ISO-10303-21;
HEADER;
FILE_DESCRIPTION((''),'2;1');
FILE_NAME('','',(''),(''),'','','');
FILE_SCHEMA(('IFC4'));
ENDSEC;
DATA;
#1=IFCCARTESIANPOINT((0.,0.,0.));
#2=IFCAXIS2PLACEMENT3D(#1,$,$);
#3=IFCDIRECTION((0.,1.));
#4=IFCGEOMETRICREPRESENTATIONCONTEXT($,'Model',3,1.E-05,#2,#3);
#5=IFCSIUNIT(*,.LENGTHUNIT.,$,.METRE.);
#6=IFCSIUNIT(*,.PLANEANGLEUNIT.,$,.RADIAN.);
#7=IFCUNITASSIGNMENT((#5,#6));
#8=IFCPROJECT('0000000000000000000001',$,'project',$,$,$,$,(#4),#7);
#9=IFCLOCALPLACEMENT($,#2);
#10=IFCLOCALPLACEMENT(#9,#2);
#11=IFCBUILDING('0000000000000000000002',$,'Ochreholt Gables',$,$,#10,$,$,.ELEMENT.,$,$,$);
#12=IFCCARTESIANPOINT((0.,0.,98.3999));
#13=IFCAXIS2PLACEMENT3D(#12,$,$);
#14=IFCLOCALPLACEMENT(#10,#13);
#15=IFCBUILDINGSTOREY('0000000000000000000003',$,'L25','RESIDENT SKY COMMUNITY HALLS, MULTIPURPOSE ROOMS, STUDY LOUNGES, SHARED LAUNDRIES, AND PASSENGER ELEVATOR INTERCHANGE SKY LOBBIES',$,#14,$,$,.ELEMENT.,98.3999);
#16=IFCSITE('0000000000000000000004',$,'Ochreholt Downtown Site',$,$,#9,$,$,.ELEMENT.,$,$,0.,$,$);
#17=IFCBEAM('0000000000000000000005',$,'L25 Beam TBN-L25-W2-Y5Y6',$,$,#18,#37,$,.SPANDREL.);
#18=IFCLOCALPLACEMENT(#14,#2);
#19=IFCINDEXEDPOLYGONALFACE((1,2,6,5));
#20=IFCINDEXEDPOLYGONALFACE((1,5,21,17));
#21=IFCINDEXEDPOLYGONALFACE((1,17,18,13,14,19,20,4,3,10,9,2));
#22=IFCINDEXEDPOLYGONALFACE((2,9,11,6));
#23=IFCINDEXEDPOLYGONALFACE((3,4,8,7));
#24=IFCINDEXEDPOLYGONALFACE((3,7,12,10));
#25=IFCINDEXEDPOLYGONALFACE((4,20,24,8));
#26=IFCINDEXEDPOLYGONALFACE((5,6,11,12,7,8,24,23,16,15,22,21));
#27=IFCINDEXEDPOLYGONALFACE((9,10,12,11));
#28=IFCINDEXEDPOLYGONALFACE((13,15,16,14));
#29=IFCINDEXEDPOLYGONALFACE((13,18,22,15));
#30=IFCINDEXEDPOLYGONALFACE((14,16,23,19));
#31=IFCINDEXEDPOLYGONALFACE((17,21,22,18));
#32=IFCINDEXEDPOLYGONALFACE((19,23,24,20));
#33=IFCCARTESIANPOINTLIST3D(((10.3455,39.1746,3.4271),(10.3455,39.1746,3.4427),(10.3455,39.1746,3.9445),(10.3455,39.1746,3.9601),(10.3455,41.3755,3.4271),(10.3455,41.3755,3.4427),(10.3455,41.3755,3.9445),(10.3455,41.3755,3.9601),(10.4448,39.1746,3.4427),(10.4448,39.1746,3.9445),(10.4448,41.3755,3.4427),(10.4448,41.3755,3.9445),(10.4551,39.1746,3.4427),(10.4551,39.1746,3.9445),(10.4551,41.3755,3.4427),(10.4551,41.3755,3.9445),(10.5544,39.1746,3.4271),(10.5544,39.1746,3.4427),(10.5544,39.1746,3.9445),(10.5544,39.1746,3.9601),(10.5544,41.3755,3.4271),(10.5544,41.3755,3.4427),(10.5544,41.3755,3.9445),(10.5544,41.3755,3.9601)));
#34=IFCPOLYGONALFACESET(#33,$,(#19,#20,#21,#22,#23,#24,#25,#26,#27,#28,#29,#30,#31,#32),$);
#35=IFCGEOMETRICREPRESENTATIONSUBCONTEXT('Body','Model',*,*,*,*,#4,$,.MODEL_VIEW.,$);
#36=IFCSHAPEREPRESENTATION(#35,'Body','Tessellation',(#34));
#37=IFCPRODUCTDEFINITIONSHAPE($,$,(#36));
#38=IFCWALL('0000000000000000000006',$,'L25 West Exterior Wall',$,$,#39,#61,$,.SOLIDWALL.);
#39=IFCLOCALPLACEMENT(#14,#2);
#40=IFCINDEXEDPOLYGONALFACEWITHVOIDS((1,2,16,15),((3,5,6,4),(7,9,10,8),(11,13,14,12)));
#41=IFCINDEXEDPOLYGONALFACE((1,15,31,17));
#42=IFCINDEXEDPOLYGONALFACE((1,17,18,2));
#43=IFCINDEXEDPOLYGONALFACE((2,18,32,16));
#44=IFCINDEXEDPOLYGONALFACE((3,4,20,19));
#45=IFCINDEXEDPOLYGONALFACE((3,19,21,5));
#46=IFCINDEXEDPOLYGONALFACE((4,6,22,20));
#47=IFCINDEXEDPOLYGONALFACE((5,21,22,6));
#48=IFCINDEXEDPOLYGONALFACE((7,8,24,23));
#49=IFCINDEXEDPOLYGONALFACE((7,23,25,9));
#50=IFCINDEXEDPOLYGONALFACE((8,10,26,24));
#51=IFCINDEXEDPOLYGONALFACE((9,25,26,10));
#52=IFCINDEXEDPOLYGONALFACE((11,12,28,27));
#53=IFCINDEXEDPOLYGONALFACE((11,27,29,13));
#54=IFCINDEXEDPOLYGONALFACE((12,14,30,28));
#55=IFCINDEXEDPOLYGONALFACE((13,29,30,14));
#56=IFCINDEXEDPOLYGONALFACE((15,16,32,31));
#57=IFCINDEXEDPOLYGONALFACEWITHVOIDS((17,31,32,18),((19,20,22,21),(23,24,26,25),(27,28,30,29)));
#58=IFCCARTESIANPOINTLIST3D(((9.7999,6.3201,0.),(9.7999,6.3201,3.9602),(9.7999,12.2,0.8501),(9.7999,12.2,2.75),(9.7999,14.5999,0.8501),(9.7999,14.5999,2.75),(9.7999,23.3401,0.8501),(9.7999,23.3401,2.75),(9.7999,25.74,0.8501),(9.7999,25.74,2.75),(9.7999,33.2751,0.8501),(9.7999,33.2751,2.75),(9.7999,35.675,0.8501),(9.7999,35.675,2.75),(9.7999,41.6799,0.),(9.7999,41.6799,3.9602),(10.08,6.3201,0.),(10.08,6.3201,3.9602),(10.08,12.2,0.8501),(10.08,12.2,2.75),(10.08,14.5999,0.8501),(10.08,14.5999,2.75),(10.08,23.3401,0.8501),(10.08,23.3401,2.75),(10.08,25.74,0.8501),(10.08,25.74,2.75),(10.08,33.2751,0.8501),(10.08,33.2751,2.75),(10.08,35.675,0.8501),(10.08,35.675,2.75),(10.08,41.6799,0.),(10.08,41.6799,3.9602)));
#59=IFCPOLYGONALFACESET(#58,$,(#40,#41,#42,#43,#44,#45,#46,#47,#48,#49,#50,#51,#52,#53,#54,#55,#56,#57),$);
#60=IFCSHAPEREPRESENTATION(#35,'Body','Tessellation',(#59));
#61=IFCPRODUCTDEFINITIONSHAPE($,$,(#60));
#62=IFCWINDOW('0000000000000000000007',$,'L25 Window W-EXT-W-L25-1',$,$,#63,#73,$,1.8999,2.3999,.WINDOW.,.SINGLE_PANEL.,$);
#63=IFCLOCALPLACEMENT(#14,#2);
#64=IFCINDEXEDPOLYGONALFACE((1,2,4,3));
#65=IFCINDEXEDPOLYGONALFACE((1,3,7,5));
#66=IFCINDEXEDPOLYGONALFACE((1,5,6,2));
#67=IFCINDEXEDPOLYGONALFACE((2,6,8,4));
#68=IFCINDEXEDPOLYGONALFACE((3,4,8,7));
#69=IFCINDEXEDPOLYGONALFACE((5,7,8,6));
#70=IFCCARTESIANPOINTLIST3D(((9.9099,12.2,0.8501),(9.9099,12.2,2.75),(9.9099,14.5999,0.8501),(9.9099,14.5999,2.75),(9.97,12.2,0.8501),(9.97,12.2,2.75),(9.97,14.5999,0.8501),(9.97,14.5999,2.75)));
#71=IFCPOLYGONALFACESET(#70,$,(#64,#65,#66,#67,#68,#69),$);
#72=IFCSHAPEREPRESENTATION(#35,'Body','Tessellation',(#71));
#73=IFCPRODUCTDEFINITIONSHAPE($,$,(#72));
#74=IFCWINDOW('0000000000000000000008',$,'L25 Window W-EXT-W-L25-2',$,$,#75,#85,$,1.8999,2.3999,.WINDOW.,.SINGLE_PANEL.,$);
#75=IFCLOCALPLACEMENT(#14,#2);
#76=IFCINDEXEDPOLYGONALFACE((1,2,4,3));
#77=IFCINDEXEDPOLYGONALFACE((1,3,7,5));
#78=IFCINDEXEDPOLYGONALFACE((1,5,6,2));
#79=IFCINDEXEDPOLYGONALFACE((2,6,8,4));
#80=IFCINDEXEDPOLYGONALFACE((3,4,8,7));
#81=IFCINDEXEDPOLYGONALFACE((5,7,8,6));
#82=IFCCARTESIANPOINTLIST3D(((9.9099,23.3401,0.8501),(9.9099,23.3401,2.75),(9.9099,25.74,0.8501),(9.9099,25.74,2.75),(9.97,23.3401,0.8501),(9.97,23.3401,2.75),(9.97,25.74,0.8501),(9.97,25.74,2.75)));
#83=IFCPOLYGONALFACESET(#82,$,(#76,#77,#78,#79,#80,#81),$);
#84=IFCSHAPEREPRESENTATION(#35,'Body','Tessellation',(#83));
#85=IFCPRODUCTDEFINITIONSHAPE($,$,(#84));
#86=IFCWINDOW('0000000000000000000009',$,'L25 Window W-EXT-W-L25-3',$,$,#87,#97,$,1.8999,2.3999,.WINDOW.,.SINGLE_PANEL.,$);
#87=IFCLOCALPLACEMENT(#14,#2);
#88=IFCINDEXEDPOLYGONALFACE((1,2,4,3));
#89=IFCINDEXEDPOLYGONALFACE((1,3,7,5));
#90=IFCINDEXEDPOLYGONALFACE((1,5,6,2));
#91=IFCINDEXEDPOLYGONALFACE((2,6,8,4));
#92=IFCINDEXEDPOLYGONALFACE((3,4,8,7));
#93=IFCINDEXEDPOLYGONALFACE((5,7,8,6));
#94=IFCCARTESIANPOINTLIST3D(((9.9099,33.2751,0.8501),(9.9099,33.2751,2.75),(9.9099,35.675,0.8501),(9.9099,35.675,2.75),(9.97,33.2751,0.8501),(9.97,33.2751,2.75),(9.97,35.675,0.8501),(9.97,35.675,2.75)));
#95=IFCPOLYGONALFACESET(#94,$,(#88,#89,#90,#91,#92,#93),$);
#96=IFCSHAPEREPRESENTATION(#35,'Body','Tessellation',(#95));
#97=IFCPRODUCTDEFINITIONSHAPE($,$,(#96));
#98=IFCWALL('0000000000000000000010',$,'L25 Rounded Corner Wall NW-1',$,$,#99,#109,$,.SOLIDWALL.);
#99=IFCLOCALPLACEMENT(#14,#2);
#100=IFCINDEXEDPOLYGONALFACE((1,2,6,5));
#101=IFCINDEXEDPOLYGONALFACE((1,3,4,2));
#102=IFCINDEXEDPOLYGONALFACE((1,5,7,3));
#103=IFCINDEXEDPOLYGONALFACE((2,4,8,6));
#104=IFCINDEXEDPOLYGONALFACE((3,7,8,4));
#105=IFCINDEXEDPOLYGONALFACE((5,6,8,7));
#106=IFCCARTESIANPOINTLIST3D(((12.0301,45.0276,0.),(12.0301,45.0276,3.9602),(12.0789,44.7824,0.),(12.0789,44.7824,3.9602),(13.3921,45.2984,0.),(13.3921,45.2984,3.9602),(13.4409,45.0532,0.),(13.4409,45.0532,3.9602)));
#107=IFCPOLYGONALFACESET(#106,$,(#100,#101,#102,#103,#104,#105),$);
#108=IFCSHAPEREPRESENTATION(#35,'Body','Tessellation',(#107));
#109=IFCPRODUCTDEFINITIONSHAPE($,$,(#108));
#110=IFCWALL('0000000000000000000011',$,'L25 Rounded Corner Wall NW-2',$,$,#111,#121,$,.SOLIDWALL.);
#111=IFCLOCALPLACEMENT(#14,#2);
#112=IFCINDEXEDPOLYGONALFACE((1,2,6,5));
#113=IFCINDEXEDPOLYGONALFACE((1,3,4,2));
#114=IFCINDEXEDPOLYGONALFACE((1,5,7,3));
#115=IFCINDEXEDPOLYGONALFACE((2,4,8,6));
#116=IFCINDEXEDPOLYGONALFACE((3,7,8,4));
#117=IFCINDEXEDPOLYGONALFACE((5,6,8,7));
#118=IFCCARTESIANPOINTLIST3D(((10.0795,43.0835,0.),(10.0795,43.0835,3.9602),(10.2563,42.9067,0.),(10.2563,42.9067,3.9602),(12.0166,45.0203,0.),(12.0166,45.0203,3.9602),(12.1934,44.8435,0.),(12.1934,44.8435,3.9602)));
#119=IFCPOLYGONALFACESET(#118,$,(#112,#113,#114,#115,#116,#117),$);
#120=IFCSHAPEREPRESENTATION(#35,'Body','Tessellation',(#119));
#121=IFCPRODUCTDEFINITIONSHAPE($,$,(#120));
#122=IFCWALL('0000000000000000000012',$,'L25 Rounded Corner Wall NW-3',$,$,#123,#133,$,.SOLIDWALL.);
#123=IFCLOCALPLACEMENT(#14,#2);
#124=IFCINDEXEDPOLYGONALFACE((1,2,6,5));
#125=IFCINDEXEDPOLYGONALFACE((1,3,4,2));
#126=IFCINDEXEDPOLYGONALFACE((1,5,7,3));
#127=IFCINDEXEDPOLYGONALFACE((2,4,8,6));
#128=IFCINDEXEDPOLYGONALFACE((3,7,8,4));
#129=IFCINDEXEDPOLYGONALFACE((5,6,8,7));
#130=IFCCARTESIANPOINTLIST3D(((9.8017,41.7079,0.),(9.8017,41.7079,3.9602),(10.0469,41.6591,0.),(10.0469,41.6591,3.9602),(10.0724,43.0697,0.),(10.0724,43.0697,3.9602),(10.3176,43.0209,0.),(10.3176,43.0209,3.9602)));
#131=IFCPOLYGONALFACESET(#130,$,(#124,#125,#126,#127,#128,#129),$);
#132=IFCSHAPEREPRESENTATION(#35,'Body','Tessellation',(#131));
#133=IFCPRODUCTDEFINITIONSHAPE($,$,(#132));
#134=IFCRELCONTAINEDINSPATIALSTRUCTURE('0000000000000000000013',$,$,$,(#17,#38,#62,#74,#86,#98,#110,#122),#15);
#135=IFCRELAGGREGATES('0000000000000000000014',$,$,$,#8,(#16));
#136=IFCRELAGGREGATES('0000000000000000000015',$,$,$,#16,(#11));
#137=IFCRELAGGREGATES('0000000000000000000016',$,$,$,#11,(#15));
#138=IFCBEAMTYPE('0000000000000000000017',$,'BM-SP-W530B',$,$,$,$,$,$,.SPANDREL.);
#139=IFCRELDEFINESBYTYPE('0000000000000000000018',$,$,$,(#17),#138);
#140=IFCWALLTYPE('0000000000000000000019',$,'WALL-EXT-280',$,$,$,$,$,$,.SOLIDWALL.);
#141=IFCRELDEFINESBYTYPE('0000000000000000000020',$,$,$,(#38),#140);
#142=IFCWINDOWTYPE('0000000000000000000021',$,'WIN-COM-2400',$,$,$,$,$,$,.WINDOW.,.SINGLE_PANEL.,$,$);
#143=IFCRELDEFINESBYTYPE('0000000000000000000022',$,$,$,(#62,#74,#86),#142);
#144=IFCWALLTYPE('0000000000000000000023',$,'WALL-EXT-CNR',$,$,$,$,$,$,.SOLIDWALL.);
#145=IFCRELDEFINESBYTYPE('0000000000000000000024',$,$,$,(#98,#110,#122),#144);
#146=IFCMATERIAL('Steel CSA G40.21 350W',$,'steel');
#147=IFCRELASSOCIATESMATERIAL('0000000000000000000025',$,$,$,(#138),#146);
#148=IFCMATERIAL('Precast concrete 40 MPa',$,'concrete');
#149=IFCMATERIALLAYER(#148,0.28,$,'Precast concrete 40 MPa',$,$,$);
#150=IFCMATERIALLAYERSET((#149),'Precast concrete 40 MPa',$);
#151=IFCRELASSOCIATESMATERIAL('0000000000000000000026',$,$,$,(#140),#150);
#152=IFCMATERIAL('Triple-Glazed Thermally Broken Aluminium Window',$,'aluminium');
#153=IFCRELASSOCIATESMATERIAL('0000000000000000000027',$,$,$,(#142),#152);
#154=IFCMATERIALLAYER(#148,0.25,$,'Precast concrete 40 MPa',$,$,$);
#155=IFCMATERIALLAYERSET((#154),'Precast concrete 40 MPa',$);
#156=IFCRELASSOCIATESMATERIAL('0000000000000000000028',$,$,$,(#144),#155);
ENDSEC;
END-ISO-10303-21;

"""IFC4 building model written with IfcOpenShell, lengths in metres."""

from ifc_helpers import new_model, si_unit, direction, frame, frame_2d, origin, origin_2d, place, context, subcontext, project, spatial, rectangle, i_section, extrude, material, layer, layer_set, material_profile, profile_set, type_object, element, fill, save


model = new_model("IFC4")

# Units and contexts
model_context = context("Model", 3, precision=1e-05, world=origin(), true_north=direction((0.0, 1.0)))
body_context = subcontext(model_context, "Body", "Model", "MODEL_VIEW")
ifc_project = project(units=[si_unit("LENGTHUNIT", "METRE"), si_unit("PLANEANGLEUNIT", "RADIAN")], contexts=[model_context])

# Site, building, storey
site_placement = place(None, origin())
site = spatial("IfcSite", under=ifc_project, at=site_placement, Name="Ochreholt Downtown Site", CompositionType="ELEMENT", RefElevation=0.0)
building_placement = place(site_placement, origin())
building = spatial("IfcBuilding", under=site, at=building_placement, Name="Ochreholt Gables", CompositionType="ELEMENT")
storey_placement = place(building_placement, frame((0.0, 0.0, 98.3999)))
storey = spatial("IfcBuildingStorey", under=building, at=storey_placement, Name="L25", Description="RESIDENT SKY COMMUNITY HALLS, MULTIPURPOSE ROOMS, STUDY LOUNGES, SHARED LAUNDRIES, AND PASSENGER ELEVATOR INTERCHANGE SKY LOBBIES", CompositionType="ELEMENT", Elevation=98.3999)

# Beam
ifc_material_1 = material(Name="Steel CSA G40.21 350W", Category="steel")
ifc_material_profile_1 = material_profile(ifc_material_1, i_section(OverallWidth=0.209, OverallDepth=0.533, WebThickness=0.0103, FlangeThickness=0.0156, at=origin_2d()), Name="W530X92")
ifc_profile_set_1 = profile_set([ifc_material_profile_1], Name="Steel CSA G40.21 350W")
beam_type_1 = type_object("IfcBeamType", Name="BM-SP-W530B", PredefinedType="SPANDREL", material=ifc_profile_set_1)
beam_1_placement = place(storey_placement, frame((10.45, 39.1746, 3.6936), z_axis=(0.0, 1.0, 0.0), x_axis=(-1.0, 0.0, 0.0)))
element("IfcBeam", 1, at=beam_1_placement, inside=storey, type_object=beam_type_1, Name="L25 Beam TBN-L25-W2-Y5Y6", PredefinedType="SPANDREL", context=body_context, shape_type="SweptSolid", body=[
    extrude(i_section(OverallWidth=0.209, OverallDepth=0.533, WebThickness=0.0103, FlangeThickness=0.0156, at=origin_2d()), origin(), (0.0, 0.0, 1.0), 2.2009),
])

# Wall, openings, windows
ifc_material_2 = material(Name="Precast concrete 40 MPa", Category="concrete")
ifc_layer_1 = layer(ifc_material_2, 0.28, Name="Precast concrete 40 MPa")
ifc_layer_set_1 = layer_set([ifc_layer_1], Name="Precast concrete 40 MPa")
wall_type_1 = type_object("IfcWallType", Name="WALL-EXT-280", PredefinedType="SOLIDWALL", material=ifc_layer_set_1)
wall_1_placement = place(storey_placement, frame((9.9399, 41.6799, 0.0), z_axis=(0.0, 0.0, 1.0), x_axis=(0.0, -1.0, 0.0)))
wall_1 = element("IfcWall", 2, at=wall_1_placement, inside=storey, type_object=wall_type_1, Name="L25 West Exterior Wall", PredefinedType="SOLIDWALL", context=body_context, shape_type="SweptSolid", body=[
    extrude(rectangle(XDim=35.3599, YDim=0.28, at=frame_2d((17.6799, 0.0))), origin(), (0.0, 0.0, 1.0), 3.9602),
])
opening_1_placement = place(wall_1_placement, frame((27.0801, 0.0, 0.8501)))
opening_1 = element("IfcOpeningElement", 3, at=opening_1_placement, cuts=wall_1, PredefinedType="OPENING", context=body_context, shape_type="SweptSolid", body=[
    extrude(rectangle(XDim=2.3999, YDim=1.8999, at=frame_2d((1.2, 0.95))), frame((0.0, 0.1499, 0.0), z_axis=(0.0, -1.0, 0.0), x_axis=(1.0, 0.0, 0.0)), (0.0, 0.0, 1.0), 0.3),
])
opening_2_placement = place(wall_1_placement, frame((15.9399, 0.0, 0.8501)))
opening_2 = element("IfcOpeningElement", 4, at=opening_2_placement, cuts=wall_1, PredefinedType="OPENING", context=body_context, shape_type="SweptSolid", body=[
    extrude(rectangle(XDim=2.3999, YDim=1.8999, at=frame_2d((1.2, 0.95))), frame((0.0, 0.1499, 0.0), z_axis=(0.0, -1.0, 0.0), x_axis=(1.0, 0.0, 0.0)), (0.0, 0.0, 1.0), 0.3),
])
opening_3_placement = place(wall_1_placement, frame((6.0049, 0.0, 0.8501)))
opening_3 = element("IfcOpeningElement", 5, at=opening_3_placement, cuts=wall_1, PredefinedType="OPENING", context=body_context, shape_type="SweptSolid", body=[
    extrude(rectangle(XDim=2.3999, YDim=1.8999, at=frame_2d((1.2, 0.95))), frame((0.0, 0.1499, 0.0), z_axis=(0.0, -1.0, 0.0), x_axis=(1.0, 0.0, 0.0)), (0.0, 0.0, 1.0), 0.3),
])
ifc_material_3 = material(Name="Triple-Glazed Thermally Broken Aluminium Window", Category="aluminium")
window_type = type_object("IfcWindowType", Name="WIN-COM-2400", PartitioningType="SINGLE_PANEL", PredefinedType="WINDOW", material=ifc_material_3)
window_1_placement = place(opening_1_placement, origin())
window_1 = element("IfcWindow", 6, at=window_1_placement, inside=storey, type_object=window_type, Name="L25 Window W-EXT-W-L25-1", OverallHeight=1.8999, OverallWidth=2.3999, PartitioningType="SINGLE_PANEL", PredefinedType="WINDOW", context=body_context, shape_type="SweptSolid", body=[
    extrude(rectangle(XDim=2.3999, YDim=1.8999, at=frame_2d((1.2, 0.95))), frame((0.0, 0.03, 0.0), z_axis=(0.0, -1.0, 0.0), x_axis=(1.0, 0.0, 0.0)), (0.0, 0.0, 1.0), 0.0601),
])
fill(opening_1, window_1)
window_2_placement = place(opening_2_placement, origin())
window_2 = element("IfcWindow", 7, at=window_2_placement, inside=storey, type_object=window_type, Name="L25 Window W-EXT-W-L25-2", OverallHeight=1.8999, OverallWidth=2.3999, PartitioningType="SINGLE_PANEL", PredefinedType="WINDOW", context=body_context, shape_type="SweptSolid", body=[
    extrude(rectangle(XDim=2.3999, YDim=1.8999, at=frame_2d((1.2, 0.95))), frame((0.0, 0.03, 0.0), z_axis=(0.0, -1.0, 0.0), x_axis=(1.0, 0.0, 0.0)), (0.0, 0.0, 1.0), 0.0601),
])
fill(opening_2, window_2)
window_3_placement = place(opening_3_placement, origin())
window_3 = element("IfcWindow", 8, at=window_3_placement, inside=storey, type_object=window_type, Name="L25 Window W-EXT-W-L25-3", OverallHeight=1.8999, OverallWidth=2.3999, PartitioningType="SINGLE_PANEL", PredefinedType="WINDOW", context=body_context, shape_type="SweptSolid", body=[
    extrude(rectangle(XDim=2.3999, YDim=1.8999, at=frame_2d((1.2, 0.95))), frame((0.0, 0.03, 0.0), z_axis=(0.0, -1.0, 0.0), x_axis=(1.0, 0.0, 0.0)), (0.0, 0.0, 1.0), 0.0601),
])
fill(opening_3, window_3)

# Walls
ifc_layer_2 = layer(ifc_material_2, 0.25, Name="Precast concrete 40 MPa")
ifc_layer_set_2 = layer_set([ifc_layer_2], Name="Precast concrete 40 MPa")
wall_type_2 = type_object("IfcWallType", Name="WALL-EXT-CNR", PredefinedType="SOLIDWALL", material=ifc_layer_set_2)
wall_2_placement = place(storey_placement, frame((13.4165, 45.1758, 0.0), z_axis=(0.0, 0.0, 1.0), x_axis=(-0.98081, -0.194967, 0.0)))
element("IfcWall", 9, at=wall_2_placement, inside=storey, type_object=wall_type_2, Name="L25 Rounded Corner Wall NW-1", PredefinedType="SOLIDWALL", context=body_context, shape_type="SweptSolid", body=[
    extrude(rectangle(XDim=1.3887, YDim=0.25, at=frame_2d((0.6943, 0.0))), origin(), (0.0, 0.0, 1.0), 3.9602),
])
wall_3_placement = place(storey_placement, frame((12.105, 44.9319, 0.0), z_axis=(0.0, 0.0, 1.0), x_axis=(-0.707151, -0.707062, 0.0)))
element("IfcWall", 10, at=wall_3_placement, inside=storey, type_object=wall_type_2, Name="L25 Rounded Corner Wall NW-2", PredefinedType="SOLIDWALL", context=body_context, shape_type="SweptSolid", body=[
    extrude(rectangle(XDim=2.7393, YDim=0.25, at=frame_2d((1.3696, 0.0))), origin(), (0.0, 0.0, 1.0), 3.9602),
])
wall_4_placement = place(storey_placement, frame((10.1951, 43.0454, 0.0), z_axis=(0.0, 0.0, 1.0), x_axis=(-0.195, -0.980803, 0.0)))
element("IfcWall", 11, at=wall_4_placement, inside=storey, type_object=wall_type_2, Name="L25 Rounded Corner Wall NW-3", PredefinedType="SOLIDWALL", context=body_context, shape_type="SweptSolid", body=[
    extrude(rectangle(XDim=1.3884, YDim=0.25, at=frame_2d((0.6943, 0.0))), origin(), (0.0, 0.0, 1.0), 3.9602),
])

save(model, "model.ifc")
